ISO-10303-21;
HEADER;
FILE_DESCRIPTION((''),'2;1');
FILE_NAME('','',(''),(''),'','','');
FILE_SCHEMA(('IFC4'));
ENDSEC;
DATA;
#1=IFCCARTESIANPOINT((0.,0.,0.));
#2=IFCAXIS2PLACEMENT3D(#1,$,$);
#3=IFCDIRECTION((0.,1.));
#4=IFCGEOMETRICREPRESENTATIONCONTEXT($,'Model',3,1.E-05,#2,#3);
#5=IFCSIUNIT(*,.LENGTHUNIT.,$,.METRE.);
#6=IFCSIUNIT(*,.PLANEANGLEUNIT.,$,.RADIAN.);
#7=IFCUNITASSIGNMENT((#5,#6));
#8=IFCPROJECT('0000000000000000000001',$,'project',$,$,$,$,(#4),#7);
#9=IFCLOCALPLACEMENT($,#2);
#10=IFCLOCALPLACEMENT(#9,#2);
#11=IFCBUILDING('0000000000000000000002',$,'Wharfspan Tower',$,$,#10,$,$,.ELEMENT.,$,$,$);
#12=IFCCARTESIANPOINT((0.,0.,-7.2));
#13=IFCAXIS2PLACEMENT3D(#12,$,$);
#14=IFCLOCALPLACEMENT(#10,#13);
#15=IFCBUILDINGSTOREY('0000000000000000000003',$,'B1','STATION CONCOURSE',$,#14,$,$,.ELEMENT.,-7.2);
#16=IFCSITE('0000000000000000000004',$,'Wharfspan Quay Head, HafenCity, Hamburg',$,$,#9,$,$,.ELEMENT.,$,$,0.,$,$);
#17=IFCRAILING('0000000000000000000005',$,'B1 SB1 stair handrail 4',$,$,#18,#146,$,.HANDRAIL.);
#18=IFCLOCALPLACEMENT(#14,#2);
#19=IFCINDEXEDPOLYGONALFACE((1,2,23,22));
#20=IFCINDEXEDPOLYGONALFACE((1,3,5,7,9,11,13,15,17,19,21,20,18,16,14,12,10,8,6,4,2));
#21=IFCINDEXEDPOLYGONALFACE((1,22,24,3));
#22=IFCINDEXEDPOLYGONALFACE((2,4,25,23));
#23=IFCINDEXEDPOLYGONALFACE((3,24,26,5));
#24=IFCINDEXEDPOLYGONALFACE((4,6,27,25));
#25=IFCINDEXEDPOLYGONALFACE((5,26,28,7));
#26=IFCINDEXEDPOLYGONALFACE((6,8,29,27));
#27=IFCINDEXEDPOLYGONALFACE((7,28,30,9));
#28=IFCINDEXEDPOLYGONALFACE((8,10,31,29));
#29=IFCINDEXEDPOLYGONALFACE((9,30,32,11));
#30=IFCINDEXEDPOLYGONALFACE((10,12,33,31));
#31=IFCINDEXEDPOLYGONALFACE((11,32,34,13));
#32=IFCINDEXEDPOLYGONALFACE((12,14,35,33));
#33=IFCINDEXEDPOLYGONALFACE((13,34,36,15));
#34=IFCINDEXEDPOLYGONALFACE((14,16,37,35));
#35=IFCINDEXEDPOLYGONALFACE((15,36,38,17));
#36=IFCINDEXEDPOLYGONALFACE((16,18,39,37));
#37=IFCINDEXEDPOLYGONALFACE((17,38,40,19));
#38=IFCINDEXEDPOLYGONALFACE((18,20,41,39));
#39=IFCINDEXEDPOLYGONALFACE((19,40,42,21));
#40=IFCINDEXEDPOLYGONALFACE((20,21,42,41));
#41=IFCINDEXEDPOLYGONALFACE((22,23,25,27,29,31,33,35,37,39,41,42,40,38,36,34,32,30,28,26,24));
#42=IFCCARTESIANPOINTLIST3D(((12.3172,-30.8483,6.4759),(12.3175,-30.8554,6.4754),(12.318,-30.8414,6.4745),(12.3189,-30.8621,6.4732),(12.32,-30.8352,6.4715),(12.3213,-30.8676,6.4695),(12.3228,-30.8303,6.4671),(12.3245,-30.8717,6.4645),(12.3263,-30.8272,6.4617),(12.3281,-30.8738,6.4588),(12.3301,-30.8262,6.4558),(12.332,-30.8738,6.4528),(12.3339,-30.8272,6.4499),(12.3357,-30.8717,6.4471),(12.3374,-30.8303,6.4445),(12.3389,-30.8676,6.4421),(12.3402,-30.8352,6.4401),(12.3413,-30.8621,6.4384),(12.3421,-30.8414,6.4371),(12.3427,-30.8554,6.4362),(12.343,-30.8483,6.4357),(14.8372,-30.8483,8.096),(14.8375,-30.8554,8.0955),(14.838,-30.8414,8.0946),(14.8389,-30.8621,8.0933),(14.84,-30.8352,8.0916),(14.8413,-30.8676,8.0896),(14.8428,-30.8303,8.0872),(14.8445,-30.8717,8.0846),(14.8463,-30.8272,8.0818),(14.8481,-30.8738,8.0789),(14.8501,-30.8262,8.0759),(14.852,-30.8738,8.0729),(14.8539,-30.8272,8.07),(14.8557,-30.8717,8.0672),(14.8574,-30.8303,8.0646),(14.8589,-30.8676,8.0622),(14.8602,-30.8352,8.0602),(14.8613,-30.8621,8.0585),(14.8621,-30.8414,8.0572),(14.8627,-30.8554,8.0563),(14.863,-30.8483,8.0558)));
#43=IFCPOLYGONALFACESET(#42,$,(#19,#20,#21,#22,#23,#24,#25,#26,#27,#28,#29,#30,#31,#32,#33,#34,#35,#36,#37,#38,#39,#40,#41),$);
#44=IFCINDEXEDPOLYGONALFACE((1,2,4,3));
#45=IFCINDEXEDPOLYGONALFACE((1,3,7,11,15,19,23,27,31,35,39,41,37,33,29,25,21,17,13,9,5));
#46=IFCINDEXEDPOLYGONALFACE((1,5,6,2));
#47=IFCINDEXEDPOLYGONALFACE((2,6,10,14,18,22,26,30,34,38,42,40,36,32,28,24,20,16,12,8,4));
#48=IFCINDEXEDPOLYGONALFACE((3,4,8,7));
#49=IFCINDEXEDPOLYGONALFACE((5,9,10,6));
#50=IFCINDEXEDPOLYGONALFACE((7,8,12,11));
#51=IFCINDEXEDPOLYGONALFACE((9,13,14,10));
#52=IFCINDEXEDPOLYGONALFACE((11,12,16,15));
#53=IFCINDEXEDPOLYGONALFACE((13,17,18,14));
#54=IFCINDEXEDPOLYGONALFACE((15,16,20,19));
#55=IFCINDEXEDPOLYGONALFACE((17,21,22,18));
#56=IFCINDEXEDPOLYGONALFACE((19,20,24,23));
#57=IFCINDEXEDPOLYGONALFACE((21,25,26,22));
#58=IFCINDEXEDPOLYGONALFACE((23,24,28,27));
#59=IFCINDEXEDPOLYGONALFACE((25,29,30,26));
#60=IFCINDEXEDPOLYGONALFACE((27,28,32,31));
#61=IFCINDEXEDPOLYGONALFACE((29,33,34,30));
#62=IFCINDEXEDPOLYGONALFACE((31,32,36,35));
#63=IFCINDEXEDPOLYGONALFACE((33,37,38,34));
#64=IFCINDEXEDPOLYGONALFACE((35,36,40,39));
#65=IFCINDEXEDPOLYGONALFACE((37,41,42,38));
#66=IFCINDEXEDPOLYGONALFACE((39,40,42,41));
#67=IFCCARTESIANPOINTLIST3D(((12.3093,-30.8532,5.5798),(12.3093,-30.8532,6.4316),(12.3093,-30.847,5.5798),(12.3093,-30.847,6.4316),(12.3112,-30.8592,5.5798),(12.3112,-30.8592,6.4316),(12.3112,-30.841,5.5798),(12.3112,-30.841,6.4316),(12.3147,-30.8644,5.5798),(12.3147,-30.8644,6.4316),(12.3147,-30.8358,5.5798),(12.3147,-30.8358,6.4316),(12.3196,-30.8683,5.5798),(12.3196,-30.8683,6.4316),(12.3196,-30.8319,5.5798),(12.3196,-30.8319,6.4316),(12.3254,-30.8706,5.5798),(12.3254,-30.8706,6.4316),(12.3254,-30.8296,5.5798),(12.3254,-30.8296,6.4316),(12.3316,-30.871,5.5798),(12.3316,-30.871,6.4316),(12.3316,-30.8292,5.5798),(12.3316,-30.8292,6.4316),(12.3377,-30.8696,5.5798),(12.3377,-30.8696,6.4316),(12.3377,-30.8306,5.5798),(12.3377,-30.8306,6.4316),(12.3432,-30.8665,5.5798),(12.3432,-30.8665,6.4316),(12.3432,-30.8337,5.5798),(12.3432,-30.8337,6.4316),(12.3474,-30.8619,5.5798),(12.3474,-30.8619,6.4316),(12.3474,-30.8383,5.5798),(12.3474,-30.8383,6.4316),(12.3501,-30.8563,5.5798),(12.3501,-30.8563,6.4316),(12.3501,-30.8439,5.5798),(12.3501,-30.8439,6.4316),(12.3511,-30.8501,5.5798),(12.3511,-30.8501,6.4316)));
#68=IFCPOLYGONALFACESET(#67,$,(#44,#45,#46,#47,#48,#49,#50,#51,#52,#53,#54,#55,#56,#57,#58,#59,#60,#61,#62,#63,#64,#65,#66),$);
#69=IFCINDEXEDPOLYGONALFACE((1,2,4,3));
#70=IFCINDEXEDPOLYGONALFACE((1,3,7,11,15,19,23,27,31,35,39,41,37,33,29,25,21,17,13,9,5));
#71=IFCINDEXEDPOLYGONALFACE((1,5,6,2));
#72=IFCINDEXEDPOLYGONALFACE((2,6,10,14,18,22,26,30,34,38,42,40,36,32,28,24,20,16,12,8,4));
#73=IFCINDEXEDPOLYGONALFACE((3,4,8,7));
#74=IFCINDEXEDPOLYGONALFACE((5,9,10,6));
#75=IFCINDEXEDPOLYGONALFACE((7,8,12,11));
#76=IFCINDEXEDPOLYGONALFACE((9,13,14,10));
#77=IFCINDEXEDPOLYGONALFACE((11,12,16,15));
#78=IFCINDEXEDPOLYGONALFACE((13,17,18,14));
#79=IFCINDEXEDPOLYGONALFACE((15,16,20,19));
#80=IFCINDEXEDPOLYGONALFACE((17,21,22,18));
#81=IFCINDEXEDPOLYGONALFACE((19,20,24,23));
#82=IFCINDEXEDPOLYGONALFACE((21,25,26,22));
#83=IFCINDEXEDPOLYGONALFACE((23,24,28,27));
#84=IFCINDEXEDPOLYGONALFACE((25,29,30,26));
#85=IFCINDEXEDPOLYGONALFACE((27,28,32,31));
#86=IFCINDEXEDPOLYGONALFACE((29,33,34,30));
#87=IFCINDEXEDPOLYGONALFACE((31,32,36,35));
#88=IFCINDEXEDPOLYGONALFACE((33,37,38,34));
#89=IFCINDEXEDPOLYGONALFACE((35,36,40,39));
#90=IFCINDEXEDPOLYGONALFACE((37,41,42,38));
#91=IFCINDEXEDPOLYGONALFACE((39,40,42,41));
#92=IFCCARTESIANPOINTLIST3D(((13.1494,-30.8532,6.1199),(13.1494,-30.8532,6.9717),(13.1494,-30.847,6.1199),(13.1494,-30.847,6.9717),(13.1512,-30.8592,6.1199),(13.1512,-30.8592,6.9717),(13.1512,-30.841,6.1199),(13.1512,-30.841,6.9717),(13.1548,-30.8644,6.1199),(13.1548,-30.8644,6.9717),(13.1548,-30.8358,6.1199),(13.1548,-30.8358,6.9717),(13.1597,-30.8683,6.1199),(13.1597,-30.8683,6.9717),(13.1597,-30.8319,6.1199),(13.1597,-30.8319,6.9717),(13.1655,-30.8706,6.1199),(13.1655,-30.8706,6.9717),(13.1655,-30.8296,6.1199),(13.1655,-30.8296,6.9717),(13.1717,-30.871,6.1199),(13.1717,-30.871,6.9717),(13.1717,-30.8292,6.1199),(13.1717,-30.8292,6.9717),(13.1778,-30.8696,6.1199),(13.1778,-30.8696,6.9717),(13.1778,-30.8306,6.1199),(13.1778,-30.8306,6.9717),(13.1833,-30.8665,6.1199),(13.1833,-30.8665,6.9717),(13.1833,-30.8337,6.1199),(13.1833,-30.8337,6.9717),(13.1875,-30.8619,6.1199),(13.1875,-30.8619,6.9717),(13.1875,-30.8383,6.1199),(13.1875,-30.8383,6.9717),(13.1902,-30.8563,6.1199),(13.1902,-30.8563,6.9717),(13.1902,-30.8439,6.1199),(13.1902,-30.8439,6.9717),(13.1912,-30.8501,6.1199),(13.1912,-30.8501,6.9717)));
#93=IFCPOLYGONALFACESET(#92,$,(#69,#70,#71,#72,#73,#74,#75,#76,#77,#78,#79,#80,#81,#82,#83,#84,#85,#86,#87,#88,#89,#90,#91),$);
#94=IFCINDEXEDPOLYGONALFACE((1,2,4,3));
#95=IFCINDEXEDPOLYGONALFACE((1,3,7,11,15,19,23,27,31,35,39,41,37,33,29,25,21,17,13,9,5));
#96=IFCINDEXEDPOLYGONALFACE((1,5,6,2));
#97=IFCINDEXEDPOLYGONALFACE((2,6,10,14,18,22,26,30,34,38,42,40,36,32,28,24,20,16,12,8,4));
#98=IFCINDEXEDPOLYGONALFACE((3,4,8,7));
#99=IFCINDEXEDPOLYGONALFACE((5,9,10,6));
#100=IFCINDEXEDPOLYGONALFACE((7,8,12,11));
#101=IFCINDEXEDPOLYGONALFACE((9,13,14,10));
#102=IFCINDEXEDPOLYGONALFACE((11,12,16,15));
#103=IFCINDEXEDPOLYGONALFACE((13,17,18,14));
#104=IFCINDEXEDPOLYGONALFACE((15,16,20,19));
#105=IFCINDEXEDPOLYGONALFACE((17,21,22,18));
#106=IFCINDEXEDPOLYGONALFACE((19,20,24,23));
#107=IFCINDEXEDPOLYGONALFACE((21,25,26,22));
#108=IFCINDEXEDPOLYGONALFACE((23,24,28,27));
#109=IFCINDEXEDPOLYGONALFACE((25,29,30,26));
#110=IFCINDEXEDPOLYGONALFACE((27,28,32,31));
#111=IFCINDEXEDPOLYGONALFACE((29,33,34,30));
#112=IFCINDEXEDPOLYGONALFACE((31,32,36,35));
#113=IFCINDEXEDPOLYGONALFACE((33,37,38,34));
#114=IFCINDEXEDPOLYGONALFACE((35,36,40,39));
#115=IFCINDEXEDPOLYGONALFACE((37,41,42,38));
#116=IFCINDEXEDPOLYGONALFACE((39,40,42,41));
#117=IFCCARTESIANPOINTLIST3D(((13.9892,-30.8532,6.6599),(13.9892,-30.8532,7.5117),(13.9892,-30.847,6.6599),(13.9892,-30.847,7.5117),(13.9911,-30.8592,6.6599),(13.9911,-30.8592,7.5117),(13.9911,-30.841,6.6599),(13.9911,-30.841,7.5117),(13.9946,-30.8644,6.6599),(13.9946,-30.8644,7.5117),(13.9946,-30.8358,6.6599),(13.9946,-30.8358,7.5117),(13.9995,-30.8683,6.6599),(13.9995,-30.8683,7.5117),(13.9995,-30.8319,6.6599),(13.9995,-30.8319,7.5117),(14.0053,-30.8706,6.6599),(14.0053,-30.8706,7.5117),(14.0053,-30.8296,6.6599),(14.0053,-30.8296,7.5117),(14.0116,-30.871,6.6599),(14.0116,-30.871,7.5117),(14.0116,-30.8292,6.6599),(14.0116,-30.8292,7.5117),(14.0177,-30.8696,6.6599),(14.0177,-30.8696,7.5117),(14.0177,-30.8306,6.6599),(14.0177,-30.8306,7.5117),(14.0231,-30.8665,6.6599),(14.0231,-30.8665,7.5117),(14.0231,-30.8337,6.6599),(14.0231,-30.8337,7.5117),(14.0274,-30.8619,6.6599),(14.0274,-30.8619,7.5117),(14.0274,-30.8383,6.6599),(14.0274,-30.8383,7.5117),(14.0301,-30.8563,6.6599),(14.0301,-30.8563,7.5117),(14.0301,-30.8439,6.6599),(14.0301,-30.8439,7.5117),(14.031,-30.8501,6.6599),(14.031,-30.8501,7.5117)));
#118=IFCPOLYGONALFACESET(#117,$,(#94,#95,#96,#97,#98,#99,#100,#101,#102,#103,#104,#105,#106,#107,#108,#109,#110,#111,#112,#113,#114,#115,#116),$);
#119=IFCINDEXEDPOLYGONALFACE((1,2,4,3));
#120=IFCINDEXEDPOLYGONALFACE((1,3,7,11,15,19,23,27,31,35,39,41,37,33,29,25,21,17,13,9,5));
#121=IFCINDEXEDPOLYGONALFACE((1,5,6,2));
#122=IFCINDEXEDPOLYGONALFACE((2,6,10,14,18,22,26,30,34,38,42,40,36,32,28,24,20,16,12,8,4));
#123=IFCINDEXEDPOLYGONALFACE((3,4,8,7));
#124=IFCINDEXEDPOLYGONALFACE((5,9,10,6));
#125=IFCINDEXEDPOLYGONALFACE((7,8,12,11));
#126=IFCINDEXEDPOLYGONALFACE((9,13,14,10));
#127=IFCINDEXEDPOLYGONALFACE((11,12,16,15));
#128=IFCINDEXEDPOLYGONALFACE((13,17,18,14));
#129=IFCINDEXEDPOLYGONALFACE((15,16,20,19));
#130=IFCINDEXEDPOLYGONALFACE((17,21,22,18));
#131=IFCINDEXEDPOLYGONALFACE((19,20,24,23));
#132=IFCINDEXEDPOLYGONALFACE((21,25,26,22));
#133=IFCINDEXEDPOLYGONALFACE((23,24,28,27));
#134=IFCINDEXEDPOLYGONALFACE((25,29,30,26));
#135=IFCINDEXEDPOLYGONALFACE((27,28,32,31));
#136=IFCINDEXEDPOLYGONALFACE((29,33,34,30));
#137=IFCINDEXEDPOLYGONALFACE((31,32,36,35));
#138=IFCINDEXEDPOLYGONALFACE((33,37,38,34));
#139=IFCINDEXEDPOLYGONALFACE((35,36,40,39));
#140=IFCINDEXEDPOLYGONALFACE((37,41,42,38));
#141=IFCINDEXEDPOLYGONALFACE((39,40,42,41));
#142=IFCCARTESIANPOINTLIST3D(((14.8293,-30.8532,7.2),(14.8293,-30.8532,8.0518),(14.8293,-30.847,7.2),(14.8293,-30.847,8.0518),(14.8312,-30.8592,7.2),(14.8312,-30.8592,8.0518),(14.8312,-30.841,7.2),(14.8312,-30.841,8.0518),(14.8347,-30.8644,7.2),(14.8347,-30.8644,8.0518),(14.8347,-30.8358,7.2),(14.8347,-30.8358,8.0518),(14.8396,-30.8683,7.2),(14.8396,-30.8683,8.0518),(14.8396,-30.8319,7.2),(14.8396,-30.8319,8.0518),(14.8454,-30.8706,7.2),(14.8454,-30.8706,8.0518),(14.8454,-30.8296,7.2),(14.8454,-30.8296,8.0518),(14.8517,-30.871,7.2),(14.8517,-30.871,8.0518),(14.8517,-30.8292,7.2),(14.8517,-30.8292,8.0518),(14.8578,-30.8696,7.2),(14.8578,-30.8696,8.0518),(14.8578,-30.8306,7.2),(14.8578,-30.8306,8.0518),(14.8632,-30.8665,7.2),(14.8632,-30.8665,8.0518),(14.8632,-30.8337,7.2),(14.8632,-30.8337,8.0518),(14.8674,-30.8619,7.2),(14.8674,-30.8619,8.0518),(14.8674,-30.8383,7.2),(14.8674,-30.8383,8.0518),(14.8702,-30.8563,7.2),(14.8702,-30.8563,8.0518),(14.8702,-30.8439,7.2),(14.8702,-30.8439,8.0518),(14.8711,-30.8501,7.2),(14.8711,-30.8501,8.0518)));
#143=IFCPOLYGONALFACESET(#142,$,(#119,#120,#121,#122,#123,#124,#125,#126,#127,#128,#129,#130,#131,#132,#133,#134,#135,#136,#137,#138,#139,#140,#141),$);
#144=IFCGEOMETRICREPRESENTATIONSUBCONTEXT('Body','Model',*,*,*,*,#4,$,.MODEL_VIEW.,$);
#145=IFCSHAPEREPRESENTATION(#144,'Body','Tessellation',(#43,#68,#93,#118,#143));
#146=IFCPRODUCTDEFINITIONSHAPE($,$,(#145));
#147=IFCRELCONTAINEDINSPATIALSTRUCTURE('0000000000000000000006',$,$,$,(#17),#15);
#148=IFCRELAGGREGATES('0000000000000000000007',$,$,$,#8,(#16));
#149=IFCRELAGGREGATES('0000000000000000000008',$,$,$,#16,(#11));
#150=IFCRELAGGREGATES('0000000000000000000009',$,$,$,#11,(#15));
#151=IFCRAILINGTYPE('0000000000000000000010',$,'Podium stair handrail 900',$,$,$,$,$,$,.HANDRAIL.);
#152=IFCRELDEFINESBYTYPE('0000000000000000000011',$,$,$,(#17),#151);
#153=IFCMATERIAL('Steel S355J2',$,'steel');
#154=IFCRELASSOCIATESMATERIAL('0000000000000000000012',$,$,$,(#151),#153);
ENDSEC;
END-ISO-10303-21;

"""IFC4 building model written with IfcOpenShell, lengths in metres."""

from ifc_helpers import new_model, si_unit, direction, frame, origin, origin_2d, place, context, subcontext, project, spatial, circle, extrude, material, type_object, element, save


model = new_model("IFC4")

# Units and contexts
model_context = context("Model", 3, precision=1e-05, world=origin(), true_north=direction((0.0, 1.0)))
body_context = subcontext(model_context, "Body", "Model", "MODEL_VIEW")
ifc_project = project(units=[si_unit("LENGTHUNIT", "METRE"), si_unit("PLANEANGLEUNIT", "RADIAN")], contexts=[model_context])

# Site, building, storey
site_placement = place(None, origin())
site = spatial("IfcSite", under=ifc_project, at=site_placement, Name="Wharfspan Quay Head, HafenCity, Hamburg", CompositionType="ELEMENT", RefElevation=0.0)
building_placement = place(site_placement, origin())
building = spatial("IfcBuilding", under=site, at=building_placement, Name="Wharfspan Tower", CompositionType="ELEMENT")
storey_placement = place(building_placement, frame((0.0, 0.0, -7.2)))
storey = spatial("IfcBuildingStorey", under=building, at=storey_placement, Name="B1", Description="STATION CONCOURSE", CompositionType="ELEMENT", Elevation=-7.2)

# Railing
ifc_material_1 = material(Name="Steel S355J2", Category="steel")
railing_type_1 = type_object("IfcRailingType", Name="Podium stair handrail 900", PredefinedType="HANDRAIL", material=ifc_material_1)
railing_1_placement = place(storey_placement, frame((12.3301, -30.8501, 5.5798)))
element("IfcRailing", 1, at=railing_1_placement, inside=storey, type_object=railing_type_1, Name="B1 SB1 stair handrail 4", PredefinedType="HANDRAIL", context=body_context, shape_type="SweptSolid", body=[
    extrude(circle(Radius=0.0239, at=origin_2d()), frame((0.0, 0.0, 0.876), z_axis=(0.841163, 0.0, 0.540782), x_axis=(0.0, 1.0, 0.0)), (0.0, 0.0, 1.0), 2.9958),
    extrude(circle(Radius=0.021, at=origin_2d()), origin(), (0.0, 0.0, 1.0), 0.8518),
    extrude(circle(Radius=0.021, at=origin_2d()), frame((0.8401, 0.0, 0.54)), (0.0, 0.0, 1.0), 0.8518),
    extrude(circle(Radius=0.021, at=origin_2d()), frame((1.6799, 0.0, 1.0801)), (0.0, 0.0, 1.0), 0.8518),
    extrude(circle(Radius=0.021, at=origin_2d()), frame((2.52, 0.0, 1.6201)), (0.0, 0.0, 1.0), 0.8518),
])

save(model, "model.ifc")
